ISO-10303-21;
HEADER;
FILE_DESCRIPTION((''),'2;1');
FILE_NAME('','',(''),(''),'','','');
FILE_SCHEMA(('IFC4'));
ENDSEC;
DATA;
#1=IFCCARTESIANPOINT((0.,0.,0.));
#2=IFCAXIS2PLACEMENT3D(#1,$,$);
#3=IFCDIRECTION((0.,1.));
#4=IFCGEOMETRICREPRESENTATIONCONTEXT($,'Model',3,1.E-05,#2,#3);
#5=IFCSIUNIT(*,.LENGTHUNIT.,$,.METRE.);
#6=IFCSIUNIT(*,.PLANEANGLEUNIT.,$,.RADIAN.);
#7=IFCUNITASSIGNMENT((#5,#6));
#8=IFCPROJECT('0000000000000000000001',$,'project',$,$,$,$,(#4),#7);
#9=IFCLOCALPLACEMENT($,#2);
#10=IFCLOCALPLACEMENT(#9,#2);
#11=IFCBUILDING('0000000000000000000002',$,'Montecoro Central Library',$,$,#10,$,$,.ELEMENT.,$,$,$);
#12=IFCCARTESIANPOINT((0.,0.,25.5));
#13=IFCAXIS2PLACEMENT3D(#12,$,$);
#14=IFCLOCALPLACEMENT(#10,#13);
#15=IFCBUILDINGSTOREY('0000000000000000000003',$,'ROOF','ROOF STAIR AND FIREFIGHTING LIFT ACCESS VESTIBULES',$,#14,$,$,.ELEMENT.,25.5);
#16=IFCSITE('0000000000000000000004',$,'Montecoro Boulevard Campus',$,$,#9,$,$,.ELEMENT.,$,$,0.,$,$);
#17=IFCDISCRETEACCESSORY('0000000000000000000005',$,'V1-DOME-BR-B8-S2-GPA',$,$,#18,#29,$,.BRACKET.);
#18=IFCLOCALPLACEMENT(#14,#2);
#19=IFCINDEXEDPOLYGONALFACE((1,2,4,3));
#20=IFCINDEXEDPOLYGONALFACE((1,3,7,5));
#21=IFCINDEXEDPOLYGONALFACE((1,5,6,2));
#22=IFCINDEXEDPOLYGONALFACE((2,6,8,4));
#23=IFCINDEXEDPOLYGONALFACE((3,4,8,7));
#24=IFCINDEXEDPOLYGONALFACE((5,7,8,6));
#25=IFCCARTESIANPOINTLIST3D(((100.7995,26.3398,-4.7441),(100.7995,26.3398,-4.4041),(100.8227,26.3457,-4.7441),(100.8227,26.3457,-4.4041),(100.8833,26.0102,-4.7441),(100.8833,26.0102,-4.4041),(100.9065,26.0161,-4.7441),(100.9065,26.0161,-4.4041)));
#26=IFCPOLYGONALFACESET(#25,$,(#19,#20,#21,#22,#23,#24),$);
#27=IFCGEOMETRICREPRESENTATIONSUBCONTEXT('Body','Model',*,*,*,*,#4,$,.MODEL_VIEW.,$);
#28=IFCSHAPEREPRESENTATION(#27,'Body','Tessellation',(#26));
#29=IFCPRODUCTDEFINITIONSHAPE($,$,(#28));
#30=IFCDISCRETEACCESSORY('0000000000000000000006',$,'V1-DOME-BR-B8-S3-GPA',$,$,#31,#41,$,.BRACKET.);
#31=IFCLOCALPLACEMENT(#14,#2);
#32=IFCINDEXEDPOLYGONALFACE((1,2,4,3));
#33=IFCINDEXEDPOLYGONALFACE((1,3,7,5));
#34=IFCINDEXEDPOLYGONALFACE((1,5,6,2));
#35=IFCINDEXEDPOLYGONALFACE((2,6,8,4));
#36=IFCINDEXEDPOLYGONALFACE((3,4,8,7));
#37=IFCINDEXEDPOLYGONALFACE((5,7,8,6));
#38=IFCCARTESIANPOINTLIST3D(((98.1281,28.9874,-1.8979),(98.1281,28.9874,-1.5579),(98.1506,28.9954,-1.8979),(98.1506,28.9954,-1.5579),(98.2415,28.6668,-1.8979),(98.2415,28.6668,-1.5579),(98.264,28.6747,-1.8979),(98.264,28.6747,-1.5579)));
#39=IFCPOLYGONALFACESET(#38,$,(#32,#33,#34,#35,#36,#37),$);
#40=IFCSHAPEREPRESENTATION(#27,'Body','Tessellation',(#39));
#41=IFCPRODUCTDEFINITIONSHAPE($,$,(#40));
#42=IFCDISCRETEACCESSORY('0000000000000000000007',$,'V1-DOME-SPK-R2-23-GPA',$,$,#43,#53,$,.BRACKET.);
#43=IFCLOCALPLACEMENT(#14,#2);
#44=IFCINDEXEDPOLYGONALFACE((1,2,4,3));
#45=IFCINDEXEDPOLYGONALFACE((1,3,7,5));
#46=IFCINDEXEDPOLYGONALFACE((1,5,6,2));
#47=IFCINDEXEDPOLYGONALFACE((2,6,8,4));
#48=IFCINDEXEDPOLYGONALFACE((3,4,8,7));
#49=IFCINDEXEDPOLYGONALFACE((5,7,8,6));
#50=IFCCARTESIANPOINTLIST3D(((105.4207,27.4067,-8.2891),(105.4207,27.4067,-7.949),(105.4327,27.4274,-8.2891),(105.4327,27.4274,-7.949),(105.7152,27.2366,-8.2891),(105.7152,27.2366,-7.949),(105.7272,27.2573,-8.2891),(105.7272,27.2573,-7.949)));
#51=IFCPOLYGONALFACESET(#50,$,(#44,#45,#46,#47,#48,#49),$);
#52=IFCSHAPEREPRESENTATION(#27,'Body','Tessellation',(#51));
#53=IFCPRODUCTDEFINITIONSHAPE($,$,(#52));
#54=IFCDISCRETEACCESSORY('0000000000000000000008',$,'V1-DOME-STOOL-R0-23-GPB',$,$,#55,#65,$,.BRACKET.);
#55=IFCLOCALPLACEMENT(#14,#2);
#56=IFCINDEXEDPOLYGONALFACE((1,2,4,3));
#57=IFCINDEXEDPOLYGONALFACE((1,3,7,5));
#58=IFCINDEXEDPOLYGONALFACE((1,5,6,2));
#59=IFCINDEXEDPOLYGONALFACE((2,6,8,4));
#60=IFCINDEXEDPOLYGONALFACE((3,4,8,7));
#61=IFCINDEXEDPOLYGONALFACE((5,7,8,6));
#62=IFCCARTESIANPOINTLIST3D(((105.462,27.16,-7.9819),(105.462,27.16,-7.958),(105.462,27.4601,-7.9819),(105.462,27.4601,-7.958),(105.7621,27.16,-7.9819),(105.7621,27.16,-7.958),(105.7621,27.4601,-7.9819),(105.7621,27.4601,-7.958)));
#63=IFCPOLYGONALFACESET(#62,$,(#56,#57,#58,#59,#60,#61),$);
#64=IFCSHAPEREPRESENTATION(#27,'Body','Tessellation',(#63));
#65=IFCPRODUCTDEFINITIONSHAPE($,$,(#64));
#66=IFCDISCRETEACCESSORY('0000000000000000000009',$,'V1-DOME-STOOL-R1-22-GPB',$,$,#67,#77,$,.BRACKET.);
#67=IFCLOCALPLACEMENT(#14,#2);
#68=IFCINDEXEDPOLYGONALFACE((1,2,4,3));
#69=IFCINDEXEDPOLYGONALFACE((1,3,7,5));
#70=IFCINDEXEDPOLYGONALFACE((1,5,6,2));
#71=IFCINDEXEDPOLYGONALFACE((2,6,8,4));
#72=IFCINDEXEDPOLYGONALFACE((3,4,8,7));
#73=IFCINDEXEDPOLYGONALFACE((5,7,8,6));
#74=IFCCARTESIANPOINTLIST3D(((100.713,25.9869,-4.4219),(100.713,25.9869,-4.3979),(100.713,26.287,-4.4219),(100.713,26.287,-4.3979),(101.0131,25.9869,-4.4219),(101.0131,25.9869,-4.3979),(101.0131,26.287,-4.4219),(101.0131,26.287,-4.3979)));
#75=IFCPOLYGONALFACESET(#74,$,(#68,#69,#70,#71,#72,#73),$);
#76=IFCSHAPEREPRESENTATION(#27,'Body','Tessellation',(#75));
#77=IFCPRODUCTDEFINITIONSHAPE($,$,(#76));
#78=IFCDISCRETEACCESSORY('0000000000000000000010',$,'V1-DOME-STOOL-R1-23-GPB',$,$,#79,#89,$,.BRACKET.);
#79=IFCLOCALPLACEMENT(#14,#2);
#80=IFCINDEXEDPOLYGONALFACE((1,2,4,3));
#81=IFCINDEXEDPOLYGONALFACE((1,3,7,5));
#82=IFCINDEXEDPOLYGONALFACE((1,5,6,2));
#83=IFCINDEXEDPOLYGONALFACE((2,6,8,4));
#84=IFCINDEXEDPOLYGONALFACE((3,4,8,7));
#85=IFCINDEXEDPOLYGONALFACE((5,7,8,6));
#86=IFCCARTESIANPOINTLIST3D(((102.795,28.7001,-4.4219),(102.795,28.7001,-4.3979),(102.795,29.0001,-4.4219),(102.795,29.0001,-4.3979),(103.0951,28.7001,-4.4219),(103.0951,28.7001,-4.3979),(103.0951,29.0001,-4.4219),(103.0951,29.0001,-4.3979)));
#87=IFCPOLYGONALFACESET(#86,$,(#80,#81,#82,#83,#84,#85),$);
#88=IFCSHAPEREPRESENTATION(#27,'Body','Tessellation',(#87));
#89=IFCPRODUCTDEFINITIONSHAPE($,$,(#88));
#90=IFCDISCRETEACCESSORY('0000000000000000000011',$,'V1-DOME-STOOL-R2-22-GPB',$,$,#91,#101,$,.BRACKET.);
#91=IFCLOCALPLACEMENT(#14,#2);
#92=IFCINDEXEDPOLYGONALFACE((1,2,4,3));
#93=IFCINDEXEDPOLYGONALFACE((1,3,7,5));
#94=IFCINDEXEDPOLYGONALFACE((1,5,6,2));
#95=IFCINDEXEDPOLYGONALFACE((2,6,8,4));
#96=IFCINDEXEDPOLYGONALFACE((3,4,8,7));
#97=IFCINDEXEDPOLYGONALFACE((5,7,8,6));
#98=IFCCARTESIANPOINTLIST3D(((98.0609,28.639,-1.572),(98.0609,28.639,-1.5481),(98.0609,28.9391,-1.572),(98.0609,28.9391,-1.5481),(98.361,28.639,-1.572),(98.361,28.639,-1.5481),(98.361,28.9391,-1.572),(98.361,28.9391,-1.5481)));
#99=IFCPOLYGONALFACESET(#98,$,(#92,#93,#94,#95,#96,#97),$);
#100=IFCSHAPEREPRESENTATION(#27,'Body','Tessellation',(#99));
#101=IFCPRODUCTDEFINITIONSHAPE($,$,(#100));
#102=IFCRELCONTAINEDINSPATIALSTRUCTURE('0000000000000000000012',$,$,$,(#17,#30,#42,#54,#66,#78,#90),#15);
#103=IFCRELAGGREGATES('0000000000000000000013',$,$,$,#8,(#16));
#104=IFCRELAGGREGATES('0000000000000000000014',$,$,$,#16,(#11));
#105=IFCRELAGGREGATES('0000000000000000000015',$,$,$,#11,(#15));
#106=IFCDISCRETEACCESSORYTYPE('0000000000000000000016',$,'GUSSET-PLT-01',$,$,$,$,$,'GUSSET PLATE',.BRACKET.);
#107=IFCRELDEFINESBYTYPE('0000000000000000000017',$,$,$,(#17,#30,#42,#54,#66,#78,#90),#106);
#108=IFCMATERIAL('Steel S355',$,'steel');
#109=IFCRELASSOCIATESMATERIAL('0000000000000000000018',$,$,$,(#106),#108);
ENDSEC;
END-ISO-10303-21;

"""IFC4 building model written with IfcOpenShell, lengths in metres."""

from ifc_helpers import new_model, si_unit, direction, frame, origin, origin_2d, place, context, subcontext, project, spatial, rectangle, extrude, material, type_object, element, save


model = new_model("IFC4")

# Units and contexts
model_context = context("Model", 3, precision=1e-05, world=origin(), true_north=direction((0.0, 1.0)))
body_context = subcontext(model_context, "Body", "Model", "MODEL_VIEW")
ifc_project = project(units=[si_unit("LENGTHUNIT", "METRE"), si_unit("PLANEANGLEUNIT", "RADIAN")], contexts=[model_context])

# Site, building, storey
site_placement = place(None, origin())
site = spatial("IfcSite", under=ifc_project, at=site_placement, Name="Montecoro Boulevard Campus", CompositionType="ELEMENT", RefElevation=0.0)
building_placement = place(site_placement, origin())
building = spatial("IfcBuilding", under=site, at=building_placement, Name="Montecoro Central Library", CompositionType="ELEMENT")
storey_placement = place(building_placement, frame((0.0, 0.0, 25.5)))
storey = spatial("IfcBuildingStorey", under=building, at=storey_placement, Name="ROOF", Description="ROOF STAIR AND FIREFIGHTING LIFT ACCESS VESTIBULES", CompositionType="ELEMENT", Elevation=25.5)

# Shared definitions
ifc_material_1 = material(Name="Steel S355", Category="steel")

# Discrete accessories
discrete_accessory_type = type_object("IfcDiscreteAccessoryType", Name="GUSSET-PLT-01", ElementType="GUSSET PLATE", PredefinedType="BRACKET", material=ifc_material_1)
for number, where, z_axis, x_axis, name in (
    (1, (100.853, 26.178, -4.7441), (0.0, 0.0, 1.0), (-0.246322, 0.969188, 0.0), "V1-DOME-BR-B8-S2-GPA"),
    (2, (98.196, 28.8311, -1.8979), (0.0, 0.0, 1.0), (-0.333478, 0.942758, 0.0), "V1-DOME-BR-B8-S3-GPA"),
    (3, (105.574, 27.332, -8.2891), (0.0, 0.0, 1.0), (-0.865938, 0.500151, 0.0), "V1-DOME-SPK-R2-23-GPA"),
):
    element("IfcDiscreteAccessory", number, at=place(storey_placement, frame(where, z_axis=z_axis, x_axis=x_axis)), inside=storey, type_object=discrete_accessory_type, Name=name, PredefinedType="BRACKET", context=body_context, shape_type="SweptSolid", body=[
        extrude(rectangle(XDim=0.3401, YDim=0.0239, at=origin_2d()), origin(), (0.0, 0.0, 1.0), 0.3401),
    ])
for number, where, z_axis, x_axis, name in (
    (4, (105.6121, 27.3101, -7.9819), (0.0, 0.0, 1.0), (1.0, 0.0, 0.0), "V1-DOME-STOOL-R0-23-GPB"),
    (5, (100.863, 26.137, -4.4219), (0.0, 0.0, 1.0), (1.0, 0.0, 0.0), "V1-DOME-STOOL-R1-22-GPB"),
    (6, (102.9451, 28.8501, -4.4219), (0.0, 0.0, 1.0), (1.0, 0.0, 0.0), "V1-DOME-STOOL-R1-23-GPB"),
    (7, (98.2109, 28.7891, -1.572), (0.0, 0.0, 1.0), (1.0, 0.0, 0.0), "V1-DOME-STOOL-R2-22-GPB"),
):
    element("IfcDiscreteAccessory", number, at=place(storey_placement, frame(where, z_axis=z_axis, x_axis=x_axis)), inside=storey, type_object=discrete_accessory_type, Name=name, PredefinedType="BRACKET", context=body_context, shape_type="SweptSolid", body=[
        extrude(rectangle(XDim=0.3, YDim=0.3, at=origin_2d()), origin(), (0.0, 0.0, 1.0), 0.0239),
    ])

save(model, "model.ifc")
